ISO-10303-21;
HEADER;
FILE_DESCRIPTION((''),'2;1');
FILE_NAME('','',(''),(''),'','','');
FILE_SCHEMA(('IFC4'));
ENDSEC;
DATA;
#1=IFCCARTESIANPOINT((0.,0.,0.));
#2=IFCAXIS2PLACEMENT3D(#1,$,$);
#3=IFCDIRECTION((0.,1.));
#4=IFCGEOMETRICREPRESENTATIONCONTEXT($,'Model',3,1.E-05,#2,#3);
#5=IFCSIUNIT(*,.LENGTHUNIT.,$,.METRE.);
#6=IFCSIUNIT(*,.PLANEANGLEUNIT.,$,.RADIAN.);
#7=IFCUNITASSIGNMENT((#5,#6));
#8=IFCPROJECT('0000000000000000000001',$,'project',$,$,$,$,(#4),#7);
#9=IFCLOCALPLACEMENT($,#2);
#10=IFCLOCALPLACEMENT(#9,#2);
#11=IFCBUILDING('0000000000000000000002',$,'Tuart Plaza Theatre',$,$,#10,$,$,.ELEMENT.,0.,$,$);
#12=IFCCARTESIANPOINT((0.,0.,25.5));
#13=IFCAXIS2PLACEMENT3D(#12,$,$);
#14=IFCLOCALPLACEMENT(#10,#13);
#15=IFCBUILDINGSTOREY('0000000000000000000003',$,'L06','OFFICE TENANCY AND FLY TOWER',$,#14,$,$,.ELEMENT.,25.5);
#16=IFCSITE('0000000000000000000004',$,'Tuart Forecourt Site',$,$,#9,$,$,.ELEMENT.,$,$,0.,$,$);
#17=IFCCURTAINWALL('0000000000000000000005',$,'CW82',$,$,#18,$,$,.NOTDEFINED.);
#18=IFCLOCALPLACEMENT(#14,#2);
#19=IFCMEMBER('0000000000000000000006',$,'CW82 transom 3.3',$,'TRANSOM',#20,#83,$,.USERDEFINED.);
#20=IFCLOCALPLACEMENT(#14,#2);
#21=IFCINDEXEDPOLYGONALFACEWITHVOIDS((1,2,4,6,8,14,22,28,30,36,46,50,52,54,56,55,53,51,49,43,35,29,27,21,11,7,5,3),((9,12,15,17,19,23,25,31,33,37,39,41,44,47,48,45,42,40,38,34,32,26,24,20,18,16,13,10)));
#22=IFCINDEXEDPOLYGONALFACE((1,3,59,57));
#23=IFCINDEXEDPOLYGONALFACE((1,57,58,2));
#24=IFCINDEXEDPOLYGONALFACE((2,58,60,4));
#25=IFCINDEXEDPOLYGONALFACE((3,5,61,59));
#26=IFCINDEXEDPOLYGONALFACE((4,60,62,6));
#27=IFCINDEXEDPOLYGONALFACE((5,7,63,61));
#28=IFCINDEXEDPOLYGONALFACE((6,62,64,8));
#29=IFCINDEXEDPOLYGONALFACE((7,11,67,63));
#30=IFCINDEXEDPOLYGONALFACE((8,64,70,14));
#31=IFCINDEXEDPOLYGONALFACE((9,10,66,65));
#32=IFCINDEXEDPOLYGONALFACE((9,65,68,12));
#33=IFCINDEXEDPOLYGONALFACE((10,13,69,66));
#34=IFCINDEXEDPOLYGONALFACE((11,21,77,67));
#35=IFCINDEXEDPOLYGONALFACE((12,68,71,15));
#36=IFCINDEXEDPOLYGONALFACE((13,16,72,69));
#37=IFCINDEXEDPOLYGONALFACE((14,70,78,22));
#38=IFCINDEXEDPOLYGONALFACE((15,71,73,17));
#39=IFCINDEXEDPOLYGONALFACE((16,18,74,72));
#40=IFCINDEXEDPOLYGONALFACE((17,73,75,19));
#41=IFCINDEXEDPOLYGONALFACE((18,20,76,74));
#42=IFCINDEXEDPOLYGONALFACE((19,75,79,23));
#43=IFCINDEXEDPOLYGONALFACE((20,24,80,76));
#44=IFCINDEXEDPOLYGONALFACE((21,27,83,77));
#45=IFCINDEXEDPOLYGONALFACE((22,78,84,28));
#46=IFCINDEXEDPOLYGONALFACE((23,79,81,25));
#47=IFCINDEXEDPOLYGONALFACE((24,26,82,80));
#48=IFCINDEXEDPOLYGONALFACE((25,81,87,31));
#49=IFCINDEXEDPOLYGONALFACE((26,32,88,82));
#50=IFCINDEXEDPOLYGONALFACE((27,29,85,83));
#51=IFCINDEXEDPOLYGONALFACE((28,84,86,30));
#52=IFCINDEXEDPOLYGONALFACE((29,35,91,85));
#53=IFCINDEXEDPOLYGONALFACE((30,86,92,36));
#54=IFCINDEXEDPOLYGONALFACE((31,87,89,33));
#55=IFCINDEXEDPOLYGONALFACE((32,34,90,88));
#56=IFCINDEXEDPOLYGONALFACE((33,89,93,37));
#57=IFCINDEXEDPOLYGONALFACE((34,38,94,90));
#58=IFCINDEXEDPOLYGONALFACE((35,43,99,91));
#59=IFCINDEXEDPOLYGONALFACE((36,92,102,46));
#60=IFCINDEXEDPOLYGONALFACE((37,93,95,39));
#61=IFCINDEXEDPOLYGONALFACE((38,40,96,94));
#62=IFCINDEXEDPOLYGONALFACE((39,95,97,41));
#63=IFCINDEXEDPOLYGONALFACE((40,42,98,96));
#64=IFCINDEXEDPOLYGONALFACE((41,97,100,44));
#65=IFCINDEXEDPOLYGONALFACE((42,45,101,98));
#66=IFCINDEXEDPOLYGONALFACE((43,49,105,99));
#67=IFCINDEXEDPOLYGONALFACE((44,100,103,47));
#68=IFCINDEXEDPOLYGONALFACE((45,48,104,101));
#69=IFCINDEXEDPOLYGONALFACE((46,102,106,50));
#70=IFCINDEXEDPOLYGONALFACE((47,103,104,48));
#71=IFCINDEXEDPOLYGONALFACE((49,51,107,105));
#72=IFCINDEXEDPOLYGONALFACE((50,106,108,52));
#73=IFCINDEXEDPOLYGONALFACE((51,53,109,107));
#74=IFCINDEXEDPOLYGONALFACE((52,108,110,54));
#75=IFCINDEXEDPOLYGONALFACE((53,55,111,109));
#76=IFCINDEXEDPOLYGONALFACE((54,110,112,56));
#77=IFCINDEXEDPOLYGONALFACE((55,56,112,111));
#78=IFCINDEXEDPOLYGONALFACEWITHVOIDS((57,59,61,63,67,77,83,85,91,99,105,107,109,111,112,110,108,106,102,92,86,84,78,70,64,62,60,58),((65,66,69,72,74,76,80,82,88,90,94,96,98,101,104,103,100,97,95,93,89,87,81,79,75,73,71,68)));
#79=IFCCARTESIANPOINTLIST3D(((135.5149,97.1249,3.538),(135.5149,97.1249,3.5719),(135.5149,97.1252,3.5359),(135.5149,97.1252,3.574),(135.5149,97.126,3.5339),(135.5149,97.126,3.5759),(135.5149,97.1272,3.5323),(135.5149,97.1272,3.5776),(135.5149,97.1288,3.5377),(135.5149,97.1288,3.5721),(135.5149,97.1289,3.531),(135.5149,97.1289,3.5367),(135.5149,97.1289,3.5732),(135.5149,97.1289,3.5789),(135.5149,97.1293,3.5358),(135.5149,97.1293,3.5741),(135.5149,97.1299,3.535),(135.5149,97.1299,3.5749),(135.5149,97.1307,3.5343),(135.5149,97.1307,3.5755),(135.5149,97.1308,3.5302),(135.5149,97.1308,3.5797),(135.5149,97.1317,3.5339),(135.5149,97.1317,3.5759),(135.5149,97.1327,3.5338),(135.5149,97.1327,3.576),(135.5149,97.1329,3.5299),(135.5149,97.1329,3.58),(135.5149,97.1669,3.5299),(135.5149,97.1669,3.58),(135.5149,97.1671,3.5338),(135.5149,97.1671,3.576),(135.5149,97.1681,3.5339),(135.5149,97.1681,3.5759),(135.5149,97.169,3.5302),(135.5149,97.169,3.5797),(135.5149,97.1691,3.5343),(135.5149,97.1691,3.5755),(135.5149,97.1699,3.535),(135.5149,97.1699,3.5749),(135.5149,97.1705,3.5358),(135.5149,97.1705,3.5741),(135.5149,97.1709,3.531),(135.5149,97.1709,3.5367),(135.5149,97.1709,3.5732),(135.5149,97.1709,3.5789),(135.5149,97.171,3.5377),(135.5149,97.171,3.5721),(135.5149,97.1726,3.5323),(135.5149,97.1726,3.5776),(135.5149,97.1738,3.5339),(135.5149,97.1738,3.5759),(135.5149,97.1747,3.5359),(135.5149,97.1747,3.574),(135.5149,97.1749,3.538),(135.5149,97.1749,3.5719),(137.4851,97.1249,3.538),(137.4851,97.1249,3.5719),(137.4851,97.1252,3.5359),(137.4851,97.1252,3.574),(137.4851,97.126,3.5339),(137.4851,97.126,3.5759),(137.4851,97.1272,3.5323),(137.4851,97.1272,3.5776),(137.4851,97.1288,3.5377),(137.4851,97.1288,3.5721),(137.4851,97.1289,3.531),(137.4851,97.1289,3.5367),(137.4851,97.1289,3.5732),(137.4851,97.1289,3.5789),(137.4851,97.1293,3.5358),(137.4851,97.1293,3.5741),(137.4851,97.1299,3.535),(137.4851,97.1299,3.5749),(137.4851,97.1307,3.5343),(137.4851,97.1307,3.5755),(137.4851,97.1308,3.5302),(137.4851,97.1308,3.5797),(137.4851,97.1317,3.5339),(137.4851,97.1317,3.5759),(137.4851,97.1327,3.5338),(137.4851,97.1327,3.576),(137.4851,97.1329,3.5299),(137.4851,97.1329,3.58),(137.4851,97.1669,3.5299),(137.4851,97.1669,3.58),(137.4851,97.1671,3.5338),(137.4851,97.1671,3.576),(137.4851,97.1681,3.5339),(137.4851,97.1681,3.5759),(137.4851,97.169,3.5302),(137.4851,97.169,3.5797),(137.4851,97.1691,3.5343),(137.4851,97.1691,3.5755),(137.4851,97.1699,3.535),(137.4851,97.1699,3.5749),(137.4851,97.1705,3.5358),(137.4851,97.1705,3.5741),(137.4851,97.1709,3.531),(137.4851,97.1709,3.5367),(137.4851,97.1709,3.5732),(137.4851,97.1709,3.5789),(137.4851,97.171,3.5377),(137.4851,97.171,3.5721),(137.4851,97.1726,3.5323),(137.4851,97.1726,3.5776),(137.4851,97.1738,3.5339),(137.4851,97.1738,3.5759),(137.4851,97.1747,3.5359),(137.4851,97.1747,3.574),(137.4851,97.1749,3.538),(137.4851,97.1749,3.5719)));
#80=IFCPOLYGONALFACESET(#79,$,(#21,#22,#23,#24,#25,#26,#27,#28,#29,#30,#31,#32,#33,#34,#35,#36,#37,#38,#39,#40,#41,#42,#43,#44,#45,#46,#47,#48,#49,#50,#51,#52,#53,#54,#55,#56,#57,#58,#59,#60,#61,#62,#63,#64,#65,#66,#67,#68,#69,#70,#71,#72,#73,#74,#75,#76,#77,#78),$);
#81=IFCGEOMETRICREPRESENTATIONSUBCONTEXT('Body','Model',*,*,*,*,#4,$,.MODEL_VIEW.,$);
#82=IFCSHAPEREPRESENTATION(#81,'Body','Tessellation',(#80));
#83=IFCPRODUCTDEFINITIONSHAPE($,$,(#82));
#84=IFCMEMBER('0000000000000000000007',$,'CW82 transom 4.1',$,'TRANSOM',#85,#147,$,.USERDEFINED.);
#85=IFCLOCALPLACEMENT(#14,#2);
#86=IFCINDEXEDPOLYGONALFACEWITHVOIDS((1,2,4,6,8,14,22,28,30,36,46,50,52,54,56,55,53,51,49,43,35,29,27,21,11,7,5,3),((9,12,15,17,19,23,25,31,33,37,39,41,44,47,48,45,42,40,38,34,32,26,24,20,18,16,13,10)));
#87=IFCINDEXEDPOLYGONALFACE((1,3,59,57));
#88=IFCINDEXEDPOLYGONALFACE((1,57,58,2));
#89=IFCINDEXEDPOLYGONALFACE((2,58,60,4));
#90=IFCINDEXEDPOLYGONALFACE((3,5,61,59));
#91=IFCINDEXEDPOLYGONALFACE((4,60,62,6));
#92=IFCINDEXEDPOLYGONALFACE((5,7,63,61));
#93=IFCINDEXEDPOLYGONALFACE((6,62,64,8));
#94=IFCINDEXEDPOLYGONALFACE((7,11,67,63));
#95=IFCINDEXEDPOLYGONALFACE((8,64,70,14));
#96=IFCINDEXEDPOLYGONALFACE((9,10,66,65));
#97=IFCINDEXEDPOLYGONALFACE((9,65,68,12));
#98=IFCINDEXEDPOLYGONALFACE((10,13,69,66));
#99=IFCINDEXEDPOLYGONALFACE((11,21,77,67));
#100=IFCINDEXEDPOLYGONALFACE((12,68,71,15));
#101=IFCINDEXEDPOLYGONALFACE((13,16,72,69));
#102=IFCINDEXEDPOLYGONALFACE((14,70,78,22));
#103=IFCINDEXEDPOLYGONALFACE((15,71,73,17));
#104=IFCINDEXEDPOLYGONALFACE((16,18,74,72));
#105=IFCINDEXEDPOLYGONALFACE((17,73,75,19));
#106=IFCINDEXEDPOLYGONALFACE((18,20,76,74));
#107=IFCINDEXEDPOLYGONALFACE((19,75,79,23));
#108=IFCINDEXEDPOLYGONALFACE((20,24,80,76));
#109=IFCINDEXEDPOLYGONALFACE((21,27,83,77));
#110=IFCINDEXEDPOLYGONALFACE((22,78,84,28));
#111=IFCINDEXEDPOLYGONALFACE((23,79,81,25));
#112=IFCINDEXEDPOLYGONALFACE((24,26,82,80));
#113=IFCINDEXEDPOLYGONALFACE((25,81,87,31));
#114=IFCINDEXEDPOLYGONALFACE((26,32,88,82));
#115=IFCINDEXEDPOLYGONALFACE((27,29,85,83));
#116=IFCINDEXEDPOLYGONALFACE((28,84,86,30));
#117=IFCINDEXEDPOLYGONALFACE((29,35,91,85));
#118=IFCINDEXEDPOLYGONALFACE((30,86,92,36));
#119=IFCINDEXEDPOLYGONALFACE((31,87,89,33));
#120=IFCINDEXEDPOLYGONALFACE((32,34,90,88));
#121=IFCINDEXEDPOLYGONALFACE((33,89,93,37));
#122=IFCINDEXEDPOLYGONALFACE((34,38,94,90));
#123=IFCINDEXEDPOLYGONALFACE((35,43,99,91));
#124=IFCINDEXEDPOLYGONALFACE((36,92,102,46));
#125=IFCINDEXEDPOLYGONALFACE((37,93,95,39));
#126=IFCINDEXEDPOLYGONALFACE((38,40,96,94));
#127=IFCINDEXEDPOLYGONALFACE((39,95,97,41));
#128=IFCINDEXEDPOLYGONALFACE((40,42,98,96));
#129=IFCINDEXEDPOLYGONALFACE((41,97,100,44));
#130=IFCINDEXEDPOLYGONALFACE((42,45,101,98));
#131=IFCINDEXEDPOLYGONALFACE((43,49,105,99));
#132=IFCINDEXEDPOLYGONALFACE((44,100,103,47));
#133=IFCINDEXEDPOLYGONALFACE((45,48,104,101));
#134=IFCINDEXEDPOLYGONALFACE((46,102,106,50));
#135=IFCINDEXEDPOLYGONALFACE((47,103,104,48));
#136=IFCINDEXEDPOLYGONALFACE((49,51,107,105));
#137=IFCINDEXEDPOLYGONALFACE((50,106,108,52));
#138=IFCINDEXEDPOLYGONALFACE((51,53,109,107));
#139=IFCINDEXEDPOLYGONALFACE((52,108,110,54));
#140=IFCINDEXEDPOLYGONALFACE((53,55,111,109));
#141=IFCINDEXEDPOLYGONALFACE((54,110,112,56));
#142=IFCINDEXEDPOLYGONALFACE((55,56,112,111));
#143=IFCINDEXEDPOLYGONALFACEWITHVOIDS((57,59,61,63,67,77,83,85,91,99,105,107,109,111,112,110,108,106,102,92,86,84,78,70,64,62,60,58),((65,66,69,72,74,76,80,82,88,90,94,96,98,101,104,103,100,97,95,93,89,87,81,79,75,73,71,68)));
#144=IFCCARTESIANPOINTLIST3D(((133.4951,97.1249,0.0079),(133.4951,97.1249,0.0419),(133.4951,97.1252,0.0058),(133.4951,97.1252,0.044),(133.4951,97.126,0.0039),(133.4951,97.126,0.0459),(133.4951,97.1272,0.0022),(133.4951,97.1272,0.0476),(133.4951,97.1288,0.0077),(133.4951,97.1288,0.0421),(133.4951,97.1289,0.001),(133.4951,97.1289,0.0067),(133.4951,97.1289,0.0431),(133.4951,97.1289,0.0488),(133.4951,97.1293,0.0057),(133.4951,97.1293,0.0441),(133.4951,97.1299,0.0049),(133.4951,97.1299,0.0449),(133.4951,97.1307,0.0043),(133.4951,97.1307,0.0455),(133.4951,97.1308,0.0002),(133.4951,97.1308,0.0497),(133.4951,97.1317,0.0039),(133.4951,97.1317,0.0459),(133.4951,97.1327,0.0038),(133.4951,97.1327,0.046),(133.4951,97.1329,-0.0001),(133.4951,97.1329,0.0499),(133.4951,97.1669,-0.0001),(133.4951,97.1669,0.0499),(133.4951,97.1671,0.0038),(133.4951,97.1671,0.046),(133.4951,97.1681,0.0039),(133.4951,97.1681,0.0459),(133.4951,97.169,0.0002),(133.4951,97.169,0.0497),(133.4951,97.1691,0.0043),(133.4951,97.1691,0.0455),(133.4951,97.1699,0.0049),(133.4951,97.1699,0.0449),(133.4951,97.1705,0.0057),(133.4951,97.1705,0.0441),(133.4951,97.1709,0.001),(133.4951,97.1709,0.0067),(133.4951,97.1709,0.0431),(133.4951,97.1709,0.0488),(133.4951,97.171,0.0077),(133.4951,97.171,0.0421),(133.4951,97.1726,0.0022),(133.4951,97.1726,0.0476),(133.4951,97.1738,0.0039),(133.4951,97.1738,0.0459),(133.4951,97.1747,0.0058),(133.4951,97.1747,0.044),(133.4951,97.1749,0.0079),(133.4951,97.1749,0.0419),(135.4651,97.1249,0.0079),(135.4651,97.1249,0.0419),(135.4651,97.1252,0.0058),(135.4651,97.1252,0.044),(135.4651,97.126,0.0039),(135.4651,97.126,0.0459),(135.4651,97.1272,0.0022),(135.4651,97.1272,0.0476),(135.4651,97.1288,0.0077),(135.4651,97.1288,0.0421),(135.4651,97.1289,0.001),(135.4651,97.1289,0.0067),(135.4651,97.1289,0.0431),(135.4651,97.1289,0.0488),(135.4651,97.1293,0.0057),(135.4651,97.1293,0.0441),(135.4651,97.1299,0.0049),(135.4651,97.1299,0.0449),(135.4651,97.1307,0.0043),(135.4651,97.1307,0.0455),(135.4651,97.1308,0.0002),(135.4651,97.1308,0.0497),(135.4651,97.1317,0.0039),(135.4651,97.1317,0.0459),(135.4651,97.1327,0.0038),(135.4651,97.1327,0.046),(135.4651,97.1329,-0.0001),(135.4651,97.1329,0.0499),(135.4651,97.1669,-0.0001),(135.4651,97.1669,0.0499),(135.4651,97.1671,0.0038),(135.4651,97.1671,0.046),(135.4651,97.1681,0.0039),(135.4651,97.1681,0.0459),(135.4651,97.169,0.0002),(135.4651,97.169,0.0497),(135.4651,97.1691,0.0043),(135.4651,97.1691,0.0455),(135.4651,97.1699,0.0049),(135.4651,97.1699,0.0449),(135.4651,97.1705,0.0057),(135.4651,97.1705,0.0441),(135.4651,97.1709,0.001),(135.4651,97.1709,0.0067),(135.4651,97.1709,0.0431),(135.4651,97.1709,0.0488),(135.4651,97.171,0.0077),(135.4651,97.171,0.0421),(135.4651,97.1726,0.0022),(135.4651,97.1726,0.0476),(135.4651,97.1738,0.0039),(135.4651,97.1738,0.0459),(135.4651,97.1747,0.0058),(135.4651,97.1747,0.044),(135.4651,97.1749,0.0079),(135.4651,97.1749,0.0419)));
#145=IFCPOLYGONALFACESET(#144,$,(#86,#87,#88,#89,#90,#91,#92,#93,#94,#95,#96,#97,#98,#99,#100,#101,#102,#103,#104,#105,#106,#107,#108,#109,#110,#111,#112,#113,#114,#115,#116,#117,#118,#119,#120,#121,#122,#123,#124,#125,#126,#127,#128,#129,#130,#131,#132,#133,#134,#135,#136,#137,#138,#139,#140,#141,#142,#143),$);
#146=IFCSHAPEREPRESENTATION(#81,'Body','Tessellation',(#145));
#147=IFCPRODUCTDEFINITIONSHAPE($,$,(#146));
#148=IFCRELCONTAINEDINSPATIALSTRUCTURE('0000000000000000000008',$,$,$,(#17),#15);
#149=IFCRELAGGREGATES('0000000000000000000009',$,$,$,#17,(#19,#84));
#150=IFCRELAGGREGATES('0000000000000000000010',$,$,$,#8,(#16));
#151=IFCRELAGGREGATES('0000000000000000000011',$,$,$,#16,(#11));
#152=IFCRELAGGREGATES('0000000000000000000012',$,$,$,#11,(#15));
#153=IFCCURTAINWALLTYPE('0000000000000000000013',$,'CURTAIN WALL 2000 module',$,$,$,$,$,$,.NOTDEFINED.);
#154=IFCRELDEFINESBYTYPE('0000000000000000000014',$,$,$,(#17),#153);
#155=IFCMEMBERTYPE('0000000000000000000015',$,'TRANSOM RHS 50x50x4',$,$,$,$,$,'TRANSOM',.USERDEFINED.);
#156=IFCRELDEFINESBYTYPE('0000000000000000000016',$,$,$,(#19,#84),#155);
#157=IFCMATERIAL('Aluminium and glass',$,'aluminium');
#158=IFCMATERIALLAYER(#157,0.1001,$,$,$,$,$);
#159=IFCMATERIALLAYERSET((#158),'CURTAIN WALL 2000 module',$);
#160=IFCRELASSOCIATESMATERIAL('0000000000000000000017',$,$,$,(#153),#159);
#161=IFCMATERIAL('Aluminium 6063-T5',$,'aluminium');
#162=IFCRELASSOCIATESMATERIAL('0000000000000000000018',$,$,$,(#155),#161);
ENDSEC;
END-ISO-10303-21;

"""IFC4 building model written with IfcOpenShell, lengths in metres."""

from ifc_helpers import new_model, si_unit, direction, frame, origin, origin_2d, place, context, subcontext, project, spatial, hollow_rectangle, extrude, material, layer, layer_set, material_profile, profile_set, type_object, element, aggregate, save


model = new_model("IFC4")

# Units and contexts
model_context = context("Model", 3, precision=1e-05, world=origin(), true_north=direction((0.0, 1.0)))
body_context = subcontext(model_context, "Body", "Model", "MODEL_VIEW")
ifc_project = project(units=[si_unit("LENGTHUNIT", "METRE"), si_unit("PLANEANGLEUNIT", "RADIAN")], contexts=[model_context])

# Site, building, storey
site_placement = place(None, origin())
site = spatial("IfcSite", under=ifc_project, at=site_placement, Name="Tuart Forecourt Site", CompositionType="ELEMENT", RefElevation=0.0)
building_placement = place(site_placement, origin())
building = spatial("IfcBuilding", under=site, at=building_placement, Name="Tuart Plaza Theatre", CompositionType="ELEMENT", ElevationOfRefHeight=0.0)
storey_placement = place(building_placement, frame((0.0, 0.0, 25.5)))
storey = spatial("IfcBuildingStorey", under=building, at=storey_placement, Name="L06", Description="OFFICE TENANCY AND FLY TOWER", CompositionType="ELEMENT", Elevation=25.5)

# Curtain wall, members
ifc_material_1 = material(Name="Aluminium and glass", Category="aluminium")
ifc_layer_1 = layer(ifc_material_1, 0.1001)
ifc_layer_set_1 = layer_set([ifc_layer_1], Name="CURTAIN WALL 2000 module")
curtain_wall_type = type_object("IfcCurtainWallType", Name="CURTAIN WALL 2000 module", PredefinedType="NOTDEFINED", material=ifc_layer_set_1)
curtain_wall_placement = place(storey_placement, origin())
curtain_wall = element("IfcCurtainWall", 1, at=curtain_wall_placement, inside=storey, type_object=curtain_wall_type, Name="CW82", PredefinedType="NOTDEFINED")
ifc_material_2 = material(Name="Aluminium 6063-T5", Category="aluminium")
ifc_material_profile_1 = material_profile(ifc_material_2, hollow_rectangle(XDim=0.05, YDim=0.05, WallThickness=0.0039, InnerFilletRadius=0.0039, OuterFilletRadius=0.0081, at=origin_2d()), Name="RHS 50x50x4")
ifc_profile_set_1 = profile_set([ifc_material_profile_1], Name="Aluminium 6063-T5")
member_type_1 = type_object("IfcMemberType", Name="TRANSOM RHS 50x50x4", ElementType="TRANSOM", PredefinedType="USERDEFINED", material=ifc_profile_set_1)
member_1_placement = place(storey_placement, frame((137.4851, 97.1499, 3.5549), z_axis=(-1.0, 0.0, 0.0), x_axis=(0.0, -1.0, 0.0)))
member_1 = element("IfcMember", 2, at=member_1_placement, type_object=member_type_1, Name="CW82 transom 3.3", ObjectType="TRANSOM", PredefinedType="USERDEFINED", context=body_context, shape_type="SweptSolid", body=[
    extrude(hollow_rectangle(XDim=0.05, YDim=0.05, WallThickness=0.0039, InnerFilletRadius=0.0039, OuterFilletRadius=0.0081, at=origin_2d()), origin(), (0.0, 0.0, 1.0), 1.9702),
])
member_2_placement = place(storey_placement, frame((135.4651, 97.1499, 0.0249), z_axis=(-1.0, 0.0, 0.0), x_axis=(0.0, -1.0, 0.0)))
member_2 = element("IfcMember", 3, at=member_2_placement, type_object=member_type_1, Name="CW82 transom 4.1", ObjectType="TRANSOM", PredefinedType="USERDEFINED", context=body_context, shape_type="SweptSolid", body=[
    extrude(hollow_rectangle(XDim=0.05, YDim=0.05, WallThickness=0.0039, InnerFilletRadius=0.0039, OuterFilletRadius=0.0081, at=origin_2d()), origin(), (0.0, 0.0, 1.0), 1.97),
])
aggregate(curtain_wall, [member_1, member_2])

save(model, "model.ifc")
